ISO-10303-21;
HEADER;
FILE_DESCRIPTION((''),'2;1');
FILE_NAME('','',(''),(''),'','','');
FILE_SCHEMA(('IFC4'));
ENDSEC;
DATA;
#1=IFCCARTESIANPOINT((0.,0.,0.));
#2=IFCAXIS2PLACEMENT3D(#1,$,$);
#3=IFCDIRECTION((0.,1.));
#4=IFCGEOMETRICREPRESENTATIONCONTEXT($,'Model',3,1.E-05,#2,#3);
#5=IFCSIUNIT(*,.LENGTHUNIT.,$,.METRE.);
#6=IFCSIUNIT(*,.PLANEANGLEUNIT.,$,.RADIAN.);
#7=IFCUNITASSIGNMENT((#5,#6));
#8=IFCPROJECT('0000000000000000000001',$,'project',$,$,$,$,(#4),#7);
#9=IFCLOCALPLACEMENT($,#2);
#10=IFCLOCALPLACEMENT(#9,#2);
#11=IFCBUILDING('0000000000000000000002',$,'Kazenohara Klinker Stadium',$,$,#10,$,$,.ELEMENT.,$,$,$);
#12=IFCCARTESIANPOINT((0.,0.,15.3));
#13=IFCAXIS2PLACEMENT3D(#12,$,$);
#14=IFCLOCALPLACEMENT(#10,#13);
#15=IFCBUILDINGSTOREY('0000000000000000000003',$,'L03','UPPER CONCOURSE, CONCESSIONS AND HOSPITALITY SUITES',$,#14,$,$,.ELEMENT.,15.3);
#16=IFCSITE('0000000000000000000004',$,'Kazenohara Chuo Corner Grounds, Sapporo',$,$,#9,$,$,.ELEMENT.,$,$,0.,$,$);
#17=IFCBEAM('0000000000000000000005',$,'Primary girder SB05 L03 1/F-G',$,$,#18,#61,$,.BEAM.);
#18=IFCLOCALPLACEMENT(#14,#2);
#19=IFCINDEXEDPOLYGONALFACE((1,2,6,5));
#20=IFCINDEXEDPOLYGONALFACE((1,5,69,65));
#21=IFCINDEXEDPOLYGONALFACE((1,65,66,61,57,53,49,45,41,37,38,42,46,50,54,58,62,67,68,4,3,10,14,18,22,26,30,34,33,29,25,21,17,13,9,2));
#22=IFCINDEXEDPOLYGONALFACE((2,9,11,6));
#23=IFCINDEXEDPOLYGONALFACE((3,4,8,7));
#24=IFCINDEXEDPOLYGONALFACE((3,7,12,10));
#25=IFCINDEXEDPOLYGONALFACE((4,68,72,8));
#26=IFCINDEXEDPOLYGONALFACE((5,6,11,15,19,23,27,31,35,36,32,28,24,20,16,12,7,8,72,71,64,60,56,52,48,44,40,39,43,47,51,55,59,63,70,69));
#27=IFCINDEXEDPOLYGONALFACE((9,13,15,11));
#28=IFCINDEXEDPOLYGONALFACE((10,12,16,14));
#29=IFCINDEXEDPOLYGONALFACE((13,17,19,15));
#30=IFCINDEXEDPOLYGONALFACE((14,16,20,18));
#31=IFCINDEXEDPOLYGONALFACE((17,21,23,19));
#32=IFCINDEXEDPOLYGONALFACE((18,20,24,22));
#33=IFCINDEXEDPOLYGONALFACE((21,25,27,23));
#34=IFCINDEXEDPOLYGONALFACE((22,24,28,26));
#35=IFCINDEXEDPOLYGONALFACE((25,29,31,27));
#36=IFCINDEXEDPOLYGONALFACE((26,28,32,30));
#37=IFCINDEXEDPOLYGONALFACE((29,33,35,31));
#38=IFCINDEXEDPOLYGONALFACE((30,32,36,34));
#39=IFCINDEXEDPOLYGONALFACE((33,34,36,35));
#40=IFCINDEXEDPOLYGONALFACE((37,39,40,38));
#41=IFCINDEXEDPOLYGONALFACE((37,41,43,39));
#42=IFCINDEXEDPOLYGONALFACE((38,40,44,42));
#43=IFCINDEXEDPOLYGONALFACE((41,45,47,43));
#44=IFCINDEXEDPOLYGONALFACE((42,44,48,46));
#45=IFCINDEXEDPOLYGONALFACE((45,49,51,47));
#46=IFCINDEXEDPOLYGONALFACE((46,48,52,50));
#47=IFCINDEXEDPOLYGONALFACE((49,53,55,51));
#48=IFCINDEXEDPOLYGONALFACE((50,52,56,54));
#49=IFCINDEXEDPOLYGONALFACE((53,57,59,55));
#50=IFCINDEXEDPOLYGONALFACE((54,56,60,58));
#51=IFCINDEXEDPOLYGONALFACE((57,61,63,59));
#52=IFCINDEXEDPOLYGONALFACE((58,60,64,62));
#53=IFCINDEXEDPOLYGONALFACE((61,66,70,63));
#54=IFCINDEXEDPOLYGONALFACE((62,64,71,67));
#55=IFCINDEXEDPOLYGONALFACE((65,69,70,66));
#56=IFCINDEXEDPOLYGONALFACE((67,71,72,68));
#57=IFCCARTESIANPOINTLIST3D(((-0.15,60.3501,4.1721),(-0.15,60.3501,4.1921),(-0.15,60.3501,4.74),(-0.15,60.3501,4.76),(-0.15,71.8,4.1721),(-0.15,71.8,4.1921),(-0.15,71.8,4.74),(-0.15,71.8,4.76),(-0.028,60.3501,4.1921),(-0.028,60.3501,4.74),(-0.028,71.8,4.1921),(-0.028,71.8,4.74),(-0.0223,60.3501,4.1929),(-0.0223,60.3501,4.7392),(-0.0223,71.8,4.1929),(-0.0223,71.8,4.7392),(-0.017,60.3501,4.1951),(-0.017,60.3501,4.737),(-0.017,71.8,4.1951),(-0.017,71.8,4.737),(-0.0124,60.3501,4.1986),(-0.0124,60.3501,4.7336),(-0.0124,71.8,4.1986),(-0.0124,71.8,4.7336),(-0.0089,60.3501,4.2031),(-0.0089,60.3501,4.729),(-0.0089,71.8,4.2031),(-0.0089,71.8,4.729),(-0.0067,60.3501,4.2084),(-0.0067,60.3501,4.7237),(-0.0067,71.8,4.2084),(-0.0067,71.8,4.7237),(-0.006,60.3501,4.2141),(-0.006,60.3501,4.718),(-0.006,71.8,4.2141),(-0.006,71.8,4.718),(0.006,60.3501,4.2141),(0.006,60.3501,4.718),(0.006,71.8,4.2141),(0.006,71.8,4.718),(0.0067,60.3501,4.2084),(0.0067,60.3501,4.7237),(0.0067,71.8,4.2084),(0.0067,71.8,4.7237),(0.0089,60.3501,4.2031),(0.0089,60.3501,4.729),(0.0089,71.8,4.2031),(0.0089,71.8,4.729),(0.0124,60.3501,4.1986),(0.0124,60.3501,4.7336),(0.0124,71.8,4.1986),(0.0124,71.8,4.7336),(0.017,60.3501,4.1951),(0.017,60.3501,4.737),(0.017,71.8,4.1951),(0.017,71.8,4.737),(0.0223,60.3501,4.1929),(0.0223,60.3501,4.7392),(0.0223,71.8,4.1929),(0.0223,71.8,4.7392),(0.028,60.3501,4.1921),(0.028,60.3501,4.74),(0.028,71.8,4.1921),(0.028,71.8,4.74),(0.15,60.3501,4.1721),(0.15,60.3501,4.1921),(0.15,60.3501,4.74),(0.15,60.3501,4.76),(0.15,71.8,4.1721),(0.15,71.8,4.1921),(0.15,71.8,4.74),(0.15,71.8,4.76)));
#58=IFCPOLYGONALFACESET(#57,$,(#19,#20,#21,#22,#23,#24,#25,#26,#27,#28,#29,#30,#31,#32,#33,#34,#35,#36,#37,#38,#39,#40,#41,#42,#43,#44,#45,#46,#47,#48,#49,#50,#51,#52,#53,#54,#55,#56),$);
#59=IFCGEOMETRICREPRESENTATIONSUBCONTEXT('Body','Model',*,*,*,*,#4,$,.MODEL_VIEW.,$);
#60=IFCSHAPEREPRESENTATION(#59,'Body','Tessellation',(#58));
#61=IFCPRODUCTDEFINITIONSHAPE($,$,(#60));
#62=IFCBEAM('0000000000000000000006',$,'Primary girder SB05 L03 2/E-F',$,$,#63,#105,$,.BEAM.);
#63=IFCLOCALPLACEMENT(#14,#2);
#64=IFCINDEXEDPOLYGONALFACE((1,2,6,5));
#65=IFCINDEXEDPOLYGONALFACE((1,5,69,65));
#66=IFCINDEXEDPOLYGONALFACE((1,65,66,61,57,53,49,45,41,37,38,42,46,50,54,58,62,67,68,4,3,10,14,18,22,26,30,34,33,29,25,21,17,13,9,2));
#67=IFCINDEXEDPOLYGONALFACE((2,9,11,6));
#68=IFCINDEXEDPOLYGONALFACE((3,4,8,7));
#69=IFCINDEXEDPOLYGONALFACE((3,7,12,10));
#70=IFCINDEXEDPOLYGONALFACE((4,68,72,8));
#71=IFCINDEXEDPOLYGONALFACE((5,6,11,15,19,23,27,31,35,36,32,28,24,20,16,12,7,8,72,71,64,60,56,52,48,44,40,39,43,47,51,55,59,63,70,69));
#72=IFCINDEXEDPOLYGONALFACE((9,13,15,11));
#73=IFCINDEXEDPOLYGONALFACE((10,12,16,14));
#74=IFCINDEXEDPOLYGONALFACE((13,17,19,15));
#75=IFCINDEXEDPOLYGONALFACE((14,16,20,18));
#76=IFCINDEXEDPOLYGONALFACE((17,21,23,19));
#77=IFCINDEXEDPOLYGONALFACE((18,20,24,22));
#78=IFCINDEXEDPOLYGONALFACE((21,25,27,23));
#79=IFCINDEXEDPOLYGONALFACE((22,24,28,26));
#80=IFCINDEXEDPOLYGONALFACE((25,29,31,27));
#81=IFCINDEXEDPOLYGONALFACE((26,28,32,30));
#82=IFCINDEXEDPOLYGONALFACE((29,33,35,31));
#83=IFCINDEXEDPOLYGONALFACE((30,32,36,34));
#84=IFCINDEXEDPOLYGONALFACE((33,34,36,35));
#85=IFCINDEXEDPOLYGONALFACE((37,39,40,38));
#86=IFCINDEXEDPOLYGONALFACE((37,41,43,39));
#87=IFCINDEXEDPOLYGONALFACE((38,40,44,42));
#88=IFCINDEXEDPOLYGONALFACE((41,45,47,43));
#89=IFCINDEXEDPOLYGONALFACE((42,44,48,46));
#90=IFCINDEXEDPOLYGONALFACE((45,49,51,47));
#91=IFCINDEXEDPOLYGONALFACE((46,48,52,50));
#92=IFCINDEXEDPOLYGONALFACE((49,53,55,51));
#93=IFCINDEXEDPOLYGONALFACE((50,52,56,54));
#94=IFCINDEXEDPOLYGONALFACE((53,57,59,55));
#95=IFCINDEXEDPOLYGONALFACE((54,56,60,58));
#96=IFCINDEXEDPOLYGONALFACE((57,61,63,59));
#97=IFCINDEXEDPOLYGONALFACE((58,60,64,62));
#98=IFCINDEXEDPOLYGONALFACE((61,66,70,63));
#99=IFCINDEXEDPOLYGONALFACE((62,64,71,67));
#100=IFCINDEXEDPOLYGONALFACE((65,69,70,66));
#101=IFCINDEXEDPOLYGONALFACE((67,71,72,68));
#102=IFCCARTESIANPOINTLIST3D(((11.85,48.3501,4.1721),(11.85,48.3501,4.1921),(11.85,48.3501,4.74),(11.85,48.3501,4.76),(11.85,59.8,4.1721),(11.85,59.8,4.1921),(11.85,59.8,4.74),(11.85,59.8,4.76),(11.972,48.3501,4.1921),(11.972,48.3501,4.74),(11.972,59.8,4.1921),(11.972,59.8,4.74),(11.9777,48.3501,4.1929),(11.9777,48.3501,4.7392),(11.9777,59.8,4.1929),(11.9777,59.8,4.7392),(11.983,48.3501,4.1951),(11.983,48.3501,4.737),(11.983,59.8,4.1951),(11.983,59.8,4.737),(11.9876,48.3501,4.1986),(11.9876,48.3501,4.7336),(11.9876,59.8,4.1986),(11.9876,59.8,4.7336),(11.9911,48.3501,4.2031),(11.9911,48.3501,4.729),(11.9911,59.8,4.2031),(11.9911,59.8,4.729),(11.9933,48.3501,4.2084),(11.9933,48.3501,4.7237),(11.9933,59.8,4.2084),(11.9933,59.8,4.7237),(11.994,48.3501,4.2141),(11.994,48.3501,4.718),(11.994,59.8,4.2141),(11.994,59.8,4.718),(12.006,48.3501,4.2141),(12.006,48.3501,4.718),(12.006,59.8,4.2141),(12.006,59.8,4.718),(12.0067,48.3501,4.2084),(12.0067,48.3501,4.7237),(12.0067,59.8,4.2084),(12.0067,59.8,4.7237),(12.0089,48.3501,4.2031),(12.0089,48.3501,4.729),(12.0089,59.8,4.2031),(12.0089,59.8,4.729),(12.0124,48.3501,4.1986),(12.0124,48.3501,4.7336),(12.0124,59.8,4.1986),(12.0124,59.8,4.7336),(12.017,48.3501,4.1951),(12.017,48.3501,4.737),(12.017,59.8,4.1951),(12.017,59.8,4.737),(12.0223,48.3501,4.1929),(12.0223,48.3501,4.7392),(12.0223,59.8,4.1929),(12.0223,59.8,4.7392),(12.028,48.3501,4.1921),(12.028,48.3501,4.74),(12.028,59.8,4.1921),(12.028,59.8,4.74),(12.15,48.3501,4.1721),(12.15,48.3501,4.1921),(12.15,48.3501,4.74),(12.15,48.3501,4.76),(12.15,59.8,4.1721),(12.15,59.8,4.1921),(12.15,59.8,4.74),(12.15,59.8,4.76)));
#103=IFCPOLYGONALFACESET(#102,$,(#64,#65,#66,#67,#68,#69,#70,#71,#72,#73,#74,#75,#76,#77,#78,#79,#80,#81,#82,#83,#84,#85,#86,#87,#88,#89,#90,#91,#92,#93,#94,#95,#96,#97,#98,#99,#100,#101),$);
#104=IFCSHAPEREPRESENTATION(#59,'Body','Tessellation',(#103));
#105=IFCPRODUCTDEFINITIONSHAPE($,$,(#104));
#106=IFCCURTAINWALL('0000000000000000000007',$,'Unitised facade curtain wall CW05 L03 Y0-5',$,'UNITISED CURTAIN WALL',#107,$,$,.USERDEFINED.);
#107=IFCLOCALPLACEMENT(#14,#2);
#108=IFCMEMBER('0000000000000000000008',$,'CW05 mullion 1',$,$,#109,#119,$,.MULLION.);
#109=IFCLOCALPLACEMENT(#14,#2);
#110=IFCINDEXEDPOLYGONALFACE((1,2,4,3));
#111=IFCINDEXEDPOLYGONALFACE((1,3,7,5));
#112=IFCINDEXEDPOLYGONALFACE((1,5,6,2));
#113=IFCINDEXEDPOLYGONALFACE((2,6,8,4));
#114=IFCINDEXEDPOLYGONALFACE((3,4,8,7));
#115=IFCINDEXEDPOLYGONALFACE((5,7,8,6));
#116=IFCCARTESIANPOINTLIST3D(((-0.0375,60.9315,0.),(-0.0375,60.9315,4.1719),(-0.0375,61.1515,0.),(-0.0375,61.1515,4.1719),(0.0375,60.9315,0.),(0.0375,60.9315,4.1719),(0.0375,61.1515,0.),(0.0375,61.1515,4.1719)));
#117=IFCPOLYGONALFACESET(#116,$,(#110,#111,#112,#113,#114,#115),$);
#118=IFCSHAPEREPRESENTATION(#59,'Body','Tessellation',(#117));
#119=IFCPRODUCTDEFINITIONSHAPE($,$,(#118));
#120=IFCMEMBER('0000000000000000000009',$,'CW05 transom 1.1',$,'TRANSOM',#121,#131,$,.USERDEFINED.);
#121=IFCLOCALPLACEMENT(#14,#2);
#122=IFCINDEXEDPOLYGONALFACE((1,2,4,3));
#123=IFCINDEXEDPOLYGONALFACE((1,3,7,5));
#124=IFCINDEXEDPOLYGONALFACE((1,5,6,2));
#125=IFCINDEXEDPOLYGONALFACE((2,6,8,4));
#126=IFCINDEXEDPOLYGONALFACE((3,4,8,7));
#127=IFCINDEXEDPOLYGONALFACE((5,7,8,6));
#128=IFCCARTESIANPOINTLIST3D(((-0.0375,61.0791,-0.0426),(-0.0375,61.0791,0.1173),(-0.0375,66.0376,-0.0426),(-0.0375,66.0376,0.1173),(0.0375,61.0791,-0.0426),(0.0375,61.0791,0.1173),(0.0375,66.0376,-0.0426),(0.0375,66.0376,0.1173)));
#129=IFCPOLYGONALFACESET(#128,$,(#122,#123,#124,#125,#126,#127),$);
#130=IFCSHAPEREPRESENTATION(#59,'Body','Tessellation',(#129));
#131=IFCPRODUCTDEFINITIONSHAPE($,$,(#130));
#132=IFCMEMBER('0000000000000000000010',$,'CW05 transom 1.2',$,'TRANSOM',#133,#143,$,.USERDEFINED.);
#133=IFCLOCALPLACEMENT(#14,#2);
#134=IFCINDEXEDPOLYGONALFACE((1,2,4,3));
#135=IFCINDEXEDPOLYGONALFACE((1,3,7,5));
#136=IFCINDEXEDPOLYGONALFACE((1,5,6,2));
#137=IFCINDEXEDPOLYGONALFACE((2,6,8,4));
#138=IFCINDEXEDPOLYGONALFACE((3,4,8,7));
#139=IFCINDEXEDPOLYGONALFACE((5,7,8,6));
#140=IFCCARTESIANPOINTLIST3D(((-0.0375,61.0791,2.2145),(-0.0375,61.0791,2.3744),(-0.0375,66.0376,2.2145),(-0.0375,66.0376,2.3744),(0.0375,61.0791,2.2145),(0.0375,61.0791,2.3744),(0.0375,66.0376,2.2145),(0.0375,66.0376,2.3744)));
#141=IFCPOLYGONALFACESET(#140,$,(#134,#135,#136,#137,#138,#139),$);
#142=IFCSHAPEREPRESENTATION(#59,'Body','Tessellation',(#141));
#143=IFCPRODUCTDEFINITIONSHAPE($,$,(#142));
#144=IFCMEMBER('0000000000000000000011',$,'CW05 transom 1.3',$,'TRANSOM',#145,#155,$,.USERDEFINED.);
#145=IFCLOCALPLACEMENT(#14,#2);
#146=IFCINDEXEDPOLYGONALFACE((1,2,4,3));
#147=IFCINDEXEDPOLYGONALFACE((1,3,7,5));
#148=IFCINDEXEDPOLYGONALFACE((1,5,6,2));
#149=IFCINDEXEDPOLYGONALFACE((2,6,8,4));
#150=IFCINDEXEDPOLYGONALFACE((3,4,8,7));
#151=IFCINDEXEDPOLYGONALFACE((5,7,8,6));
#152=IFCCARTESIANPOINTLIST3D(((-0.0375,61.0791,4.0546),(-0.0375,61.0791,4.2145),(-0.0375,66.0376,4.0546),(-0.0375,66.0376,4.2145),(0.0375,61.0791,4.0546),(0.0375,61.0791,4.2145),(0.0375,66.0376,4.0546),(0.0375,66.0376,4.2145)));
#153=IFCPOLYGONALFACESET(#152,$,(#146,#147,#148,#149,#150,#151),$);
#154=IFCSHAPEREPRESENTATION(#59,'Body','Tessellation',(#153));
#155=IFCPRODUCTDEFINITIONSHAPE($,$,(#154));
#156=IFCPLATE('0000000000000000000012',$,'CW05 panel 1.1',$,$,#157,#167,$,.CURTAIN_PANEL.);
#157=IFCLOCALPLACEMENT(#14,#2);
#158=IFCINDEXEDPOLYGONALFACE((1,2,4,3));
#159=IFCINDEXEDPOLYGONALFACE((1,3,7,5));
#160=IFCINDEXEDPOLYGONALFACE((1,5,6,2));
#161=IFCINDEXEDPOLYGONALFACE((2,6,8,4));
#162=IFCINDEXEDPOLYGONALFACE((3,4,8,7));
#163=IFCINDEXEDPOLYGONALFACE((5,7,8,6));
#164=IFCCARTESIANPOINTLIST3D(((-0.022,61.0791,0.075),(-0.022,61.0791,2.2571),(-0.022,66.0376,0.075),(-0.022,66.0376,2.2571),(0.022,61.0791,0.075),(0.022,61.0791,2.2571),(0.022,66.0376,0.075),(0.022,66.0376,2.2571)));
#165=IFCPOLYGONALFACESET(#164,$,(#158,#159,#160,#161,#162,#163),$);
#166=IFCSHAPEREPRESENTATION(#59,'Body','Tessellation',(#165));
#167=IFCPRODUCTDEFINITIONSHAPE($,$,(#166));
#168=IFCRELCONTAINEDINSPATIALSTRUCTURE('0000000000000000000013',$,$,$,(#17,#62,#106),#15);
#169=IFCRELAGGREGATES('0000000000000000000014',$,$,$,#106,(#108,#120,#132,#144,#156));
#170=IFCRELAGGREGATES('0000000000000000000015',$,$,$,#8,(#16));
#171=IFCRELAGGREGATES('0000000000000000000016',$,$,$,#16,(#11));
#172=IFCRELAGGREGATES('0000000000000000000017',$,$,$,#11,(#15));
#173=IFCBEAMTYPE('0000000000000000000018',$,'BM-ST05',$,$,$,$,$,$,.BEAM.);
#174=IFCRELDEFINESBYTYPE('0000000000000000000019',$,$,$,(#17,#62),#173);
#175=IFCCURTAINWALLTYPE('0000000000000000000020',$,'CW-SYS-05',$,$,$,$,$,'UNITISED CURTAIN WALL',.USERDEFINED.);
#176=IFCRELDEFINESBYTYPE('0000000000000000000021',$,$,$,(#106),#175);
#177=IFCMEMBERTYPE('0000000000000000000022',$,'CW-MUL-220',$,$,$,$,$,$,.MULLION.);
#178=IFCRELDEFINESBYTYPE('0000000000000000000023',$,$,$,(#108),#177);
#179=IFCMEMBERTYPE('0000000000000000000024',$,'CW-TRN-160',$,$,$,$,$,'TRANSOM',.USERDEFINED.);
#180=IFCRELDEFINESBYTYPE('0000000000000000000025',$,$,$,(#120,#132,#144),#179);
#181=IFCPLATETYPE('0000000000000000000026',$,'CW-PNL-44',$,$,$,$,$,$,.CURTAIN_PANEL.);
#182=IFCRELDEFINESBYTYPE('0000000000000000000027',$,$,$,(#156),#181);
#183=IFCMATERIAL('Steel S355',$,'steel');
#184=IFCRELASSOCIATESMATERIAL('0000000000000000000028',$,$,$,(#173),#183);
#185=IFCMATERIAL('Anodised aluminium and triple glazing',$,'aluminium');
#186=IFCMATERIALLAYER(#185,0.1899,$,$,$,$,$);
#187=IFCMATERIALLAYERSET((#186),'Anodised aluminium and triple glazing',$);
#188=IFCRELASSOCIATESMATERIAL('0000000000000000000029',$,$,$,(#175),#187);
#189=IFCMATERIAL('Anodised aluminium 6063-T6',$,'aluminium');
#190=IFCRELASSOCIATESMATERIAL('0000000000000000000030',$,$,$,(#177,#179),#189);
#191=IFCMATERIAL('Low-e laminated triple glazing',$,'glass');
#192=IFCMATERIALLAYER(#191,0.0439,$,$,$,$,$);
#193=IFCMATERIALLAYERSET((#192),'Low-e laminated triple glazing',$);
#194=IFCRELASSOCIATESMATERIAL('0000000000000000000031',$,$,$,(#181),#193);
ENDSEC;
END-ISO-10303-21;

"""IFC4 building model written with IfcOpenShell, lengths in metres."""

from ifc_helpers import new_model, si_unit, direction, frame, origin, origin_2d, place, context, subcontext, project, spatial, rectangle, i_section, extrude, material, layer, layer_set, material_profile, profile_set, type_object, element, aggregate, save


model = new_model("IFC4")

# Units and contexts
model_context = context("Model", 3, precision=1e-05, world=origin(), true_north=direction((0.0, 1.0)))
body_context = subcontext(model_context, "Body", "Model", "MODEL_VIEW")
ifc_project = project(units=[si_unit("LENGTHUNIT", "METRE"), si_unit("PLANEANGLEUNIT", "RADIAN")], contexts=[model_context])

# Site, building, storey
site_placement = place(None, origin())
site = spatial("IfcSite", under=ifc_project, at=site_placement, Name="Kazenohara Chuo Corner Grounds, Sapporo", CompositionType="ELEMENT", RefElevation=0.0)
building_placement = place(site_placement, origin())
building = spatial("IfcBuilding", under=site, at=building_placement, Name="Kazenohara Klinker Stadium", CompositionType="ELEMENT")
storey_placement = place(building_placement, frame((0.0, 0.0, 15.3)))
storey = spatial("IfcBuildingStorey", under=building, at=storey_placement, Name="L03", Description="UPPER CONCOURSE, CONCESSIONS AND HOSPITALITY SUITES", CompositionType="ELEMENT", Elevation=15.3)

# Beams
ifc_material_1 = material(Name="Steel S355", Category="steel")
ifc_material_profile_1 = material_profile(ifc_material_1, i_section(OverallWidth=0.3, OverallDepth=0.5879, WebThickness=0.012, FlangeThickness=0.02, FilletRadius=0.022, at=origin_2d()), Name="H-588x300x12x20")
ifc_profile_set_1 = profile_set([ifc_material_profile_1], Name="Steel S355")
beam_type_1 = type_object("IfcBeamType", Name="BM-ST05", PredefinedType="BEAM", material=ifc_profile_set_1)
for number, where, z_axis, x_axis, name in (
    (1, (0.0, 60.3501, 4.4661), (0.0, 1.0, 0.0), (-1.0, 0.0, 0.0), "Primary girder SB05 L03 1/F-G"),
    (2, (12.0, 48.3501, 4.4661), (0.0, 1.0, 0.0), (-1.0, 0.0, 0.0), "Primary girder SB05 L03 2/E-F"),
):
    element("IfcBeam", number, at=place(storey_placement, frame(where, z_axis=z_axis, x_axis=x_axis)), inside=storey, type_object=beam_type_1, Name=name, PredefinedType="BEAM", context=body_context, shape_type="SweptSolid", body=[
        extrude(i_section(OverallWidth=0.3, OverallDepth=0.5879, WebThickness=0.012, FlangeThickness=0.02, FilletRadius=0.022, at=origin_2d()), origin(), (0.0, 0.0, 1.0), 11.45),
    ])

# Curtain wall, members, plate
ifc_material_2 = material(Name="Anodised aluminium and triple glazing", Category="aluminium")
ifc_layer_1 = layer(ifc_material_2, 0.1899)
ifc_layer_set_1 = layer_set([ifc_layer_1], Name="Anodised aluminium and triple glazing")
curtain_wall_type = type_object("IfcCurtainWallType", Name="CW-SYS-05", ElementType="UNITISED CURTAIN WALL", PredefinedType="USERDEFINED", material=ifc_layer_set_1)
curtain_wall_placement = place(storey_placement, origin())
curtain_wall = element("IfcCurtainWall", 3, at=curtain_wall_placement, inside=storey, type_object=curtain_wall_type, Name="Unitised facade curtain wall CW05 L03 Y0-5", ObjectType="UNITISED CURTAIN WALL", PredefinedType="USERDEFINED")
ifc_material_3 = material(Name="Anodised aluminium 6063-T6", Category="aluminium")
ifc_material_profile_2 = material_profile(ifc_material_3, rectangle(XDim=0.075, YDim=0.22, at=origin_2d()), Name="ALU-MUL-75x220")
ifc_profile_set_2 = profile_set([ifc_material_profile_2], Name="Anodised aluminium 6063-T6")
member_type_1 = type_object("IfcMemberType", Name="CW-MUL-220", PredefinedType="MULLION", material=ifc_profile_set_2)
member_1_placement = place(storey_placement, frame((0.0, 61.0415, 0.0), z_axis=(0.0, 0.0, 1.0), x_axis=(-1.0, 0.0, 0.0)))
member_1 = element("IfcMember", 4, at=member_1_placement, type_object=member_type_1, Name="CW05 mullion 1", PredefinedType="MULLION", context=body_context, shape_type="SweptSolid", body=[
    extrude(rectangle(XDim=0.075, YDim=0.22, at=origin_2d()), origin(), (0.0, 0.0, 1.0), 4.1719),
])
ifc_material_profile_3 = material_profile(ifc_material_3, rectangle(XDim=0.075, YDim=0.1599, at=origin_2d()), Name="ALU-TRN-75x160")
ifc_profile_set_3 = profile_set([ifc_material_profile_3], Name="Anodised aluminium 6063-T6")
member_type_2 = type_object("IfcMemberType", Name="CW-TRN-160", ElementType="TRANSOM", PredefinedType="USERDEFINED", material=ifc_profile_set_3)
member_2_placement = place(storey_placement, frame((0.0, 61.0791, 0.0374), z_axis=(0.0, 1.0, 0.0), x_axis=(-1.0, 0.0, 0.0)))
member_2 = element("IfcMember", 5, at=member_2_placement, type_object=member_type_2, Name="CW05 transom 1.1", ObjectType="TRANSOM", PredefinedType="USERDEFINED", context=body_context, shape_type="SweptSolid", body=[
    extrude(rectangle(XDim=0.075, YDim=0.1599, at=origin_2d()), origin(), (0.0, 0.0, 1.0), 4.9585),
])
member_3_placement = place(storey_placement, frame((0.0, 61.0791, 2.2944), z_axis=(0.0, 1.0, 0.0), x_axis=(-1.0, 0.0, 0.0)))
member_3 = element("IfcMember", 6, at=member_3_placement, type_object=member_type_2, Name="CW05 transom 1.2", ObjectType="TRANSOM", PredefinedType="USERDEFINED", context=body_context, shape_type="SweptSolid", body=[
    extrude(rectangle(XDim=0.075, YDim=0.1599, at=origin_2d()), origin(), (0.0, 0.0, 1.0), 4.9585),
])
member_4_placement = place(storey_placement, frame((0.0, 61.0791, 4.1345), z_axis=(0.0, 1.0, 0.0), x_axis=(-1.0, 0.0, 0.0)))
member_4 = element("IfcMember", 7, at=member_4_placement, type_object=member_type_2, Name="CW05 transom 1.3", ObjectType="TRANSOM", PredefinedType="USERDEFINED", context=body_context, shape_type="SweptSolid", body=[
    extrude(rectangle(XDim=0.075, YDim=0.1599, at=origin_2d()), origin(), (0.0, 0.0, 1.0), 4.9585),
])
ifc_material_4 = material(Name="Low-e laminated triple glazing", Category="glass")
ifc_layer_2 = layer(ifc_material_4, 0.0439)
ifc_layer_set_2 = layer_set([ifc_layer_2], Name="Low-e laminated triple glazing")
plate_type = type_object("IfcPlateType", Name="CW-PNL-44", PredefinedType="CURTAIN_PANEL", material=ifc_layer_set_2)
plate_placement = place(storey_placement, frame((0.0, 63.5583, 0.075), z_axis=(0.0, 0.0, 1.0), x_axis=(0.0, 1.0, 0.0)))
plate = element("IfcPlate", 8, at=plate_placement, type_object=plate_type, Name="CW05 panel 1.1", PredefinedType="CURTAIN_PANEL", context=body_context, shape_type="SweptSolid", body=[
    extrude(rectangle(XDim=4.9585, YDim=0.0439, at=origin_2d()), origin(), (0.0, 0.0, 1.0), 2.1821),
])
aggregate(curtain_wall, [member_1, member_2, member_3, member_4, plate])

save(model, "model.ifc")
